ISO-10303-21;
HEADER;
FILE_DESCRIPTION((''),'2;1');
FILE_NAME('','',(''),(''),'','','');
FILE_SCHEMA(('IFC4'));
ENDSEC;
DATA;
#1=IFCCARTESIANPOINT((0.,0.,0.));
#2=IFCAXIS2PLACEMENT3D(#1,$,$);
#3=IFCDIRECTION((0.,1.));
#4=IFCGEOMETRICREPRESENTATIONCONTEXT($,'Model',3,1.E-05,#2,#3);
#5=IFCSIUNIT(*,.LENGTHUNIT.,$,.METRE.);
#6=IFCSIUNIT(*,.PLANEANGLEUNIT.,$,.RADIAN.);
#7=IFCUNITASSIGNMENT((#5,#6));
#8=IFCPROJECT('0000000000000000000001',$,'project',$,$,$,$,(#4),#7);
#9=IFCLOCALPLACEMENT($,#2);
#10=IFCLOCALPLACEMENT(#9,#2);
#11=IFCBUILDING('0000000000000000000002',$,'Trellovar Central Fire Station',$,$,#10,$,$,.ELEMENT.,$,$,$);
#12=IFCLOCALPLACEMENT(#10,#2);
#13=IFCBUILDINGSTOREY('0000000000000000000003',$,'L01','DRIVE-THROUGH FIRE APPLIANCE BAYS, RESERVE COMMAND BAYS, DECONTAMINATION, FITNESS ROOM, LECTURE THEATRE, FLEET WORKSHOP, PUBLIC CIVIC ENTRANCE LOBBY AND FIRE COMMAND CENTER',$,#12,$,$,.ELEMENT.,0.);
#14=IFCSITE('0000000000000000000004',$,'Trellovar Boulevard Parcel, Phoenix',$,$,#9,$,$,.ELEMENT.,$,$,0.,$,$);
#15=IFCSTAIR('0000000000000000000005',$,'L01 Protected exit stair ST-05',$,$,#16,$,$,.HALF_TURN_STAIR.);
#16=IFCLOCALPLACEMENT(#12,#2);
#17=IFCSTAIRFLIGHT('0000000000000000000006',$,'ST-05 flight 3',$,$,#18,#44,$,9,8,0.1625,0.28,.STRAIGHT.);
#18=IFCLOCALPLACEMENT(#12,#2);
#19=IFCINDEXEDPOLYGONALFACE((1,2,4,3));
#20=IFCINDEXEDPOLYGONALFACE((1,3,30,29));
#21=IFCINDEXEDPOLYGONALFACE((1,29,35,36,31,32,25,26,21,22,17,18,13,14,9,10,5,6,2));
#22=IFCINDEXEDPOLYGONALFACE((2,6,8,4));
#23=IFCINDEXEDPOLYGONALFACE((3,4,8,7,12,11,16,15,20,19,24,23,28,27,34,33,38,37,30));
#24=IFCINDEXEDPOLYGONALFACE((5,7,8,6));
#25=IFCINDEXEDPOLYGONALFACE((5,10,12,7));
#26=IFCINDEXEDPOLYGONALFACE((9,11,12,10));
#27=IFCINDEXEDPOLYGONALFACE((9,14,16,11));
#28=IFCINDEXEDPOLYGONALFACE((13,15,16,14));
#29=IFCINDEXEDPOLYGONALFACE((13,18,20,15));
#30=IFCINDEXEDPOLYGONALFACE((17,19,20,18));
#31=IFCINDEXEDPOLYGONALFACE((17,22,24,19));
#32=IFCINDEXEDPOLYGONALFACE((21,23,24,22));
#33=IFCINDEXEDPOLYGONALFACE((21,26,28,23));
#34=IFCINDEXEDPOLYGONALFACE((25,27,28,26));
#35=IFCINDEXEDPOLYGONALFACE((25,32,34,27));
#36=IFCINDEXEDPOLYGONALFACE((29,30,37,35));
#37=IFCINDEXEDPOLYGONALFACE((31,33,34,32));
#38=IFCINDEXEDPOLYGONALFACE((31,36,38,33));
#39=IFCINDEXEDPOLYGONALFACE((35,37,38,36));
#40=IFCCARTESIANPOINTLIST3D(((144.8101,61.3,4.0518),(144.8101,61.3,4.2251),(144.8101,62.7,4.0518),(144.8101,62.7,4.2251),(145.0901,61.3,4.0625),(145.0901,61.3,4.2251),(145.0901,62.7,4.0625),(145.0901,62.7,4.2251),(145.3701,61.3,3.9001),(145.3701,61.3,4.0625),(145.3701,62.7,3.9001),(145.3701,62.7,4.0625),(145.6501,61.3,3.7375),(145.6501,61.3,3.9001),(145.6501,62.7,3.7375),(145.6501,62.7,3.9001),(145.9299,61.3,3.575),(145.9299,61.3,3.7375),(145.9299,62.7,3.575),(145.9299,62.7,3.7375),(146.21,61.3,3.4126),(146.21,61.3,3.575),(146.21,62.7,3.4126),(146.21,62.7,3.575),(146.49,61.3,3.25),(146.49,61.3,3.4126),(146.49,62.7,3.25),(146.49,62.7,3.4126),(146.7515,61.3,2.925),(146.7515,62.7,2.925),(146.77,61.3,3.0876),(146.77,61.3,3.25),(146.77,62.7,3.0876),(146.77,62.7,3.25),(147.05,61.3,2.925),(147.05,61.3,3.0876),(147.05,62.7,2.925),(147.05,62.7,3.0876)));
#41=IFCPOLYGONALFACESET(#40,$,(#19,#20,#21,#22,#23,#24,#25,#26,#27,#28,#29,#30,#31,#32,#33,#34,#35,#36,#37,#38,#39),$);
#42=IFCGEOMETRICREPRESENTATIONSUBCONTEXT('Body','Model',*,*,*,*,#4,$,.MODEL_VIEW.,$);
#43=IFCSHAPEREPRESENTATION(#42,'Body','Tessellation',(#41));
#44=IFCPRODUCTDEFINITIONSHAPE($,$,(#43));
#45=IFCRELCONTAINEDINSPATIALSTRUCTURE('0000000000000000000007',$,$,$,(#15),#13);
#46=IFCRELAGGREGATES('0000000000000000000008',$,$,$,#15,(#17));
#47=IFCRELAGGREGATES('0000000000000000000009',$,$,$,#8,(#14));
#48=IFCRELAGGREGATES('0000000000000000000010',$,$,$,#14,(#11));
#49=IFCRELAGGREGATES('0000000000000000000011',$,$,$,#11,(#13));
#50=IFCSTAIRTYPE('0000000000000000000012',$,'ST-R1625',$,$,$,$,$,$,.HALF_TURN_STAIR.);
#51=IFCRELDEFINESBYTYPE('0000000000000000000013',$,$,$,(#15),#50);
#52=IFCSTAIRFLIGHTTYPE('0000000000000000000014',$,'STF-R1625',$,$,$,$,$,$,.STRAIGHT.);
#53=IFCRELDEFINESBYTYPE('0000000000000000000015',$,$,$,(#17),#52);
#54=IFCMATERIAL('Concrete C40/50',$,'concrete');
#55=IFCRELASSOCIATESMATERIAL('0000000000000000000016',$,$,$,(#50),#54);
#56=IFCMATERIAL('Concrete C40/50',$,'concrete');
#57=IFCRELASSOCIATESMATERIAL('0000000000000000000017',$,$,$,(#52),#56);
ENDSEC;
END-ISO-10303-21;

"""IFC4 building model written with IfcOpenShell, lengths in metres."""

from ifc_helpers import new_model, si_unit, direction, frame, origin, place, context, subcontext, project, spatial, polyline, outline, extrude, material, type_object, element, aggregate, save


model = new_model("IFC4")

# Units and contexts
model_context = context("Model", 3, precision=1e-05, world=origin(), true_north=direction((0.0, 1.0)))
body_context = subcontext(model_context, "Body", "Model", "MODEL_VIEW")
ifc_project = project(units=[si_unit("LENGTHUNIT", "METRE"), si_unit("PLANEANGLEUNIT", "RADIAN")], contexts=[model_context])

# Site, building, storey
site_placement = place(None, origin())
site = spatial("IfcSite", under=ifc_project, at=site_placement, Name="Trellovar Boulevard Parcel, Phoenix", CompositionType="ELEMENT", RefElevation=0.0)
building_placement = place(site_placement, origin())
building = spatial("IfcBuilding", under=site, at=building_placement, Name="Trellovar Central Fire Station", CompositionType="ELEMENT")
storey_placement = place(building_placement, origin())
storey = spatial("IfcBuildingStorey", under=building, at=storey_placement, Name="L01", Description="DRIVE-THROUGH FIRE APPLIANCE BAYS, RESERVE COMMAND BAYS, DECONTAMINATION, FITNESS ROOM, LECTURE THEATRE, FLEET WORKSHOP, PUBLIC CIVIC ENTRANCE LOBBY AND FIRE COMMAND CENTER", CompositionType="ELEMENT", Elevation=0.0)

# Stair, stair flight
ifc_material_1 = material(Name="Concrete C40/50", Category="concrete")
stair_type = type_object("IfcStairType", Name="ST-R1625", PredefinedType="HALF_TURN_STAIR", material=ifc_material_1)
stair_placement = place(storey_placement, origin())
stair = element("IfcStair", 1, at=stair_placement, inside=storey, type_object=stair_type, Name="L01 Protected exit stair ST-05", PredefinedType="HALF_TURN_STAIR")
ifc_material_2 = material(Name="Concrete C40/50", Category="concrete")
stair_flight_type = type_object("IfcStairFlightType", Name="STF-R1625", PredefinedType="STRAIGHT", material=ifc_material_2)
stair_flight_1_placement = place(storey_placement, frame((147.05, 62.0, 2.925), z_axis=(0.0, 0.0, 1.0), x_axis=(-1.0, 0.0, 0.0)))
stair_flight_1 = element("IfcStairFlight", 2, at=stair_flight_1_placement, type_object=stair_flight_type, Name="ST-05 flight 3", NumberOfRisers=9, NumberOfTreads=8, PredefinedType="STRAIGHT", RiserHeight=0.1625, TreadLength=0.28, context=body_context, shape_type="SweptSolid", body=[
    extrude(outline(polyline([(0.0, 0.0), (0.0, 0.1626), (0.28, 0.1626), (0.28, 0.325), (0.5601, 0.325), (0.5601, 0.4875), (0.8401, 0.4875), (0.8401, 0.6499), (1.1201, 0.6499), (1.1201, 0.8125), (1.3999, 0.8125), (1.3999, 0.9751), (1.6799, 0.9751), (1.6799, 1.1375), (1.96, 1.1375), (1.96, 1.3), (2.24, 1.3), (2.24, 1.4624), (2.24, 1.1267), (0.2986, 0.0), (0.0, 0.0)])), frame((0.0, 0.7, 0.0), z_axis=(0.0, -1.0, 0.0), x_axis=(1.0, 0.0, 0.0)), (0.0, 0.0, 1.0), 1.3999),
])
aggregate(stair, [stair_flight_1])

save(model, "model.ifc")
